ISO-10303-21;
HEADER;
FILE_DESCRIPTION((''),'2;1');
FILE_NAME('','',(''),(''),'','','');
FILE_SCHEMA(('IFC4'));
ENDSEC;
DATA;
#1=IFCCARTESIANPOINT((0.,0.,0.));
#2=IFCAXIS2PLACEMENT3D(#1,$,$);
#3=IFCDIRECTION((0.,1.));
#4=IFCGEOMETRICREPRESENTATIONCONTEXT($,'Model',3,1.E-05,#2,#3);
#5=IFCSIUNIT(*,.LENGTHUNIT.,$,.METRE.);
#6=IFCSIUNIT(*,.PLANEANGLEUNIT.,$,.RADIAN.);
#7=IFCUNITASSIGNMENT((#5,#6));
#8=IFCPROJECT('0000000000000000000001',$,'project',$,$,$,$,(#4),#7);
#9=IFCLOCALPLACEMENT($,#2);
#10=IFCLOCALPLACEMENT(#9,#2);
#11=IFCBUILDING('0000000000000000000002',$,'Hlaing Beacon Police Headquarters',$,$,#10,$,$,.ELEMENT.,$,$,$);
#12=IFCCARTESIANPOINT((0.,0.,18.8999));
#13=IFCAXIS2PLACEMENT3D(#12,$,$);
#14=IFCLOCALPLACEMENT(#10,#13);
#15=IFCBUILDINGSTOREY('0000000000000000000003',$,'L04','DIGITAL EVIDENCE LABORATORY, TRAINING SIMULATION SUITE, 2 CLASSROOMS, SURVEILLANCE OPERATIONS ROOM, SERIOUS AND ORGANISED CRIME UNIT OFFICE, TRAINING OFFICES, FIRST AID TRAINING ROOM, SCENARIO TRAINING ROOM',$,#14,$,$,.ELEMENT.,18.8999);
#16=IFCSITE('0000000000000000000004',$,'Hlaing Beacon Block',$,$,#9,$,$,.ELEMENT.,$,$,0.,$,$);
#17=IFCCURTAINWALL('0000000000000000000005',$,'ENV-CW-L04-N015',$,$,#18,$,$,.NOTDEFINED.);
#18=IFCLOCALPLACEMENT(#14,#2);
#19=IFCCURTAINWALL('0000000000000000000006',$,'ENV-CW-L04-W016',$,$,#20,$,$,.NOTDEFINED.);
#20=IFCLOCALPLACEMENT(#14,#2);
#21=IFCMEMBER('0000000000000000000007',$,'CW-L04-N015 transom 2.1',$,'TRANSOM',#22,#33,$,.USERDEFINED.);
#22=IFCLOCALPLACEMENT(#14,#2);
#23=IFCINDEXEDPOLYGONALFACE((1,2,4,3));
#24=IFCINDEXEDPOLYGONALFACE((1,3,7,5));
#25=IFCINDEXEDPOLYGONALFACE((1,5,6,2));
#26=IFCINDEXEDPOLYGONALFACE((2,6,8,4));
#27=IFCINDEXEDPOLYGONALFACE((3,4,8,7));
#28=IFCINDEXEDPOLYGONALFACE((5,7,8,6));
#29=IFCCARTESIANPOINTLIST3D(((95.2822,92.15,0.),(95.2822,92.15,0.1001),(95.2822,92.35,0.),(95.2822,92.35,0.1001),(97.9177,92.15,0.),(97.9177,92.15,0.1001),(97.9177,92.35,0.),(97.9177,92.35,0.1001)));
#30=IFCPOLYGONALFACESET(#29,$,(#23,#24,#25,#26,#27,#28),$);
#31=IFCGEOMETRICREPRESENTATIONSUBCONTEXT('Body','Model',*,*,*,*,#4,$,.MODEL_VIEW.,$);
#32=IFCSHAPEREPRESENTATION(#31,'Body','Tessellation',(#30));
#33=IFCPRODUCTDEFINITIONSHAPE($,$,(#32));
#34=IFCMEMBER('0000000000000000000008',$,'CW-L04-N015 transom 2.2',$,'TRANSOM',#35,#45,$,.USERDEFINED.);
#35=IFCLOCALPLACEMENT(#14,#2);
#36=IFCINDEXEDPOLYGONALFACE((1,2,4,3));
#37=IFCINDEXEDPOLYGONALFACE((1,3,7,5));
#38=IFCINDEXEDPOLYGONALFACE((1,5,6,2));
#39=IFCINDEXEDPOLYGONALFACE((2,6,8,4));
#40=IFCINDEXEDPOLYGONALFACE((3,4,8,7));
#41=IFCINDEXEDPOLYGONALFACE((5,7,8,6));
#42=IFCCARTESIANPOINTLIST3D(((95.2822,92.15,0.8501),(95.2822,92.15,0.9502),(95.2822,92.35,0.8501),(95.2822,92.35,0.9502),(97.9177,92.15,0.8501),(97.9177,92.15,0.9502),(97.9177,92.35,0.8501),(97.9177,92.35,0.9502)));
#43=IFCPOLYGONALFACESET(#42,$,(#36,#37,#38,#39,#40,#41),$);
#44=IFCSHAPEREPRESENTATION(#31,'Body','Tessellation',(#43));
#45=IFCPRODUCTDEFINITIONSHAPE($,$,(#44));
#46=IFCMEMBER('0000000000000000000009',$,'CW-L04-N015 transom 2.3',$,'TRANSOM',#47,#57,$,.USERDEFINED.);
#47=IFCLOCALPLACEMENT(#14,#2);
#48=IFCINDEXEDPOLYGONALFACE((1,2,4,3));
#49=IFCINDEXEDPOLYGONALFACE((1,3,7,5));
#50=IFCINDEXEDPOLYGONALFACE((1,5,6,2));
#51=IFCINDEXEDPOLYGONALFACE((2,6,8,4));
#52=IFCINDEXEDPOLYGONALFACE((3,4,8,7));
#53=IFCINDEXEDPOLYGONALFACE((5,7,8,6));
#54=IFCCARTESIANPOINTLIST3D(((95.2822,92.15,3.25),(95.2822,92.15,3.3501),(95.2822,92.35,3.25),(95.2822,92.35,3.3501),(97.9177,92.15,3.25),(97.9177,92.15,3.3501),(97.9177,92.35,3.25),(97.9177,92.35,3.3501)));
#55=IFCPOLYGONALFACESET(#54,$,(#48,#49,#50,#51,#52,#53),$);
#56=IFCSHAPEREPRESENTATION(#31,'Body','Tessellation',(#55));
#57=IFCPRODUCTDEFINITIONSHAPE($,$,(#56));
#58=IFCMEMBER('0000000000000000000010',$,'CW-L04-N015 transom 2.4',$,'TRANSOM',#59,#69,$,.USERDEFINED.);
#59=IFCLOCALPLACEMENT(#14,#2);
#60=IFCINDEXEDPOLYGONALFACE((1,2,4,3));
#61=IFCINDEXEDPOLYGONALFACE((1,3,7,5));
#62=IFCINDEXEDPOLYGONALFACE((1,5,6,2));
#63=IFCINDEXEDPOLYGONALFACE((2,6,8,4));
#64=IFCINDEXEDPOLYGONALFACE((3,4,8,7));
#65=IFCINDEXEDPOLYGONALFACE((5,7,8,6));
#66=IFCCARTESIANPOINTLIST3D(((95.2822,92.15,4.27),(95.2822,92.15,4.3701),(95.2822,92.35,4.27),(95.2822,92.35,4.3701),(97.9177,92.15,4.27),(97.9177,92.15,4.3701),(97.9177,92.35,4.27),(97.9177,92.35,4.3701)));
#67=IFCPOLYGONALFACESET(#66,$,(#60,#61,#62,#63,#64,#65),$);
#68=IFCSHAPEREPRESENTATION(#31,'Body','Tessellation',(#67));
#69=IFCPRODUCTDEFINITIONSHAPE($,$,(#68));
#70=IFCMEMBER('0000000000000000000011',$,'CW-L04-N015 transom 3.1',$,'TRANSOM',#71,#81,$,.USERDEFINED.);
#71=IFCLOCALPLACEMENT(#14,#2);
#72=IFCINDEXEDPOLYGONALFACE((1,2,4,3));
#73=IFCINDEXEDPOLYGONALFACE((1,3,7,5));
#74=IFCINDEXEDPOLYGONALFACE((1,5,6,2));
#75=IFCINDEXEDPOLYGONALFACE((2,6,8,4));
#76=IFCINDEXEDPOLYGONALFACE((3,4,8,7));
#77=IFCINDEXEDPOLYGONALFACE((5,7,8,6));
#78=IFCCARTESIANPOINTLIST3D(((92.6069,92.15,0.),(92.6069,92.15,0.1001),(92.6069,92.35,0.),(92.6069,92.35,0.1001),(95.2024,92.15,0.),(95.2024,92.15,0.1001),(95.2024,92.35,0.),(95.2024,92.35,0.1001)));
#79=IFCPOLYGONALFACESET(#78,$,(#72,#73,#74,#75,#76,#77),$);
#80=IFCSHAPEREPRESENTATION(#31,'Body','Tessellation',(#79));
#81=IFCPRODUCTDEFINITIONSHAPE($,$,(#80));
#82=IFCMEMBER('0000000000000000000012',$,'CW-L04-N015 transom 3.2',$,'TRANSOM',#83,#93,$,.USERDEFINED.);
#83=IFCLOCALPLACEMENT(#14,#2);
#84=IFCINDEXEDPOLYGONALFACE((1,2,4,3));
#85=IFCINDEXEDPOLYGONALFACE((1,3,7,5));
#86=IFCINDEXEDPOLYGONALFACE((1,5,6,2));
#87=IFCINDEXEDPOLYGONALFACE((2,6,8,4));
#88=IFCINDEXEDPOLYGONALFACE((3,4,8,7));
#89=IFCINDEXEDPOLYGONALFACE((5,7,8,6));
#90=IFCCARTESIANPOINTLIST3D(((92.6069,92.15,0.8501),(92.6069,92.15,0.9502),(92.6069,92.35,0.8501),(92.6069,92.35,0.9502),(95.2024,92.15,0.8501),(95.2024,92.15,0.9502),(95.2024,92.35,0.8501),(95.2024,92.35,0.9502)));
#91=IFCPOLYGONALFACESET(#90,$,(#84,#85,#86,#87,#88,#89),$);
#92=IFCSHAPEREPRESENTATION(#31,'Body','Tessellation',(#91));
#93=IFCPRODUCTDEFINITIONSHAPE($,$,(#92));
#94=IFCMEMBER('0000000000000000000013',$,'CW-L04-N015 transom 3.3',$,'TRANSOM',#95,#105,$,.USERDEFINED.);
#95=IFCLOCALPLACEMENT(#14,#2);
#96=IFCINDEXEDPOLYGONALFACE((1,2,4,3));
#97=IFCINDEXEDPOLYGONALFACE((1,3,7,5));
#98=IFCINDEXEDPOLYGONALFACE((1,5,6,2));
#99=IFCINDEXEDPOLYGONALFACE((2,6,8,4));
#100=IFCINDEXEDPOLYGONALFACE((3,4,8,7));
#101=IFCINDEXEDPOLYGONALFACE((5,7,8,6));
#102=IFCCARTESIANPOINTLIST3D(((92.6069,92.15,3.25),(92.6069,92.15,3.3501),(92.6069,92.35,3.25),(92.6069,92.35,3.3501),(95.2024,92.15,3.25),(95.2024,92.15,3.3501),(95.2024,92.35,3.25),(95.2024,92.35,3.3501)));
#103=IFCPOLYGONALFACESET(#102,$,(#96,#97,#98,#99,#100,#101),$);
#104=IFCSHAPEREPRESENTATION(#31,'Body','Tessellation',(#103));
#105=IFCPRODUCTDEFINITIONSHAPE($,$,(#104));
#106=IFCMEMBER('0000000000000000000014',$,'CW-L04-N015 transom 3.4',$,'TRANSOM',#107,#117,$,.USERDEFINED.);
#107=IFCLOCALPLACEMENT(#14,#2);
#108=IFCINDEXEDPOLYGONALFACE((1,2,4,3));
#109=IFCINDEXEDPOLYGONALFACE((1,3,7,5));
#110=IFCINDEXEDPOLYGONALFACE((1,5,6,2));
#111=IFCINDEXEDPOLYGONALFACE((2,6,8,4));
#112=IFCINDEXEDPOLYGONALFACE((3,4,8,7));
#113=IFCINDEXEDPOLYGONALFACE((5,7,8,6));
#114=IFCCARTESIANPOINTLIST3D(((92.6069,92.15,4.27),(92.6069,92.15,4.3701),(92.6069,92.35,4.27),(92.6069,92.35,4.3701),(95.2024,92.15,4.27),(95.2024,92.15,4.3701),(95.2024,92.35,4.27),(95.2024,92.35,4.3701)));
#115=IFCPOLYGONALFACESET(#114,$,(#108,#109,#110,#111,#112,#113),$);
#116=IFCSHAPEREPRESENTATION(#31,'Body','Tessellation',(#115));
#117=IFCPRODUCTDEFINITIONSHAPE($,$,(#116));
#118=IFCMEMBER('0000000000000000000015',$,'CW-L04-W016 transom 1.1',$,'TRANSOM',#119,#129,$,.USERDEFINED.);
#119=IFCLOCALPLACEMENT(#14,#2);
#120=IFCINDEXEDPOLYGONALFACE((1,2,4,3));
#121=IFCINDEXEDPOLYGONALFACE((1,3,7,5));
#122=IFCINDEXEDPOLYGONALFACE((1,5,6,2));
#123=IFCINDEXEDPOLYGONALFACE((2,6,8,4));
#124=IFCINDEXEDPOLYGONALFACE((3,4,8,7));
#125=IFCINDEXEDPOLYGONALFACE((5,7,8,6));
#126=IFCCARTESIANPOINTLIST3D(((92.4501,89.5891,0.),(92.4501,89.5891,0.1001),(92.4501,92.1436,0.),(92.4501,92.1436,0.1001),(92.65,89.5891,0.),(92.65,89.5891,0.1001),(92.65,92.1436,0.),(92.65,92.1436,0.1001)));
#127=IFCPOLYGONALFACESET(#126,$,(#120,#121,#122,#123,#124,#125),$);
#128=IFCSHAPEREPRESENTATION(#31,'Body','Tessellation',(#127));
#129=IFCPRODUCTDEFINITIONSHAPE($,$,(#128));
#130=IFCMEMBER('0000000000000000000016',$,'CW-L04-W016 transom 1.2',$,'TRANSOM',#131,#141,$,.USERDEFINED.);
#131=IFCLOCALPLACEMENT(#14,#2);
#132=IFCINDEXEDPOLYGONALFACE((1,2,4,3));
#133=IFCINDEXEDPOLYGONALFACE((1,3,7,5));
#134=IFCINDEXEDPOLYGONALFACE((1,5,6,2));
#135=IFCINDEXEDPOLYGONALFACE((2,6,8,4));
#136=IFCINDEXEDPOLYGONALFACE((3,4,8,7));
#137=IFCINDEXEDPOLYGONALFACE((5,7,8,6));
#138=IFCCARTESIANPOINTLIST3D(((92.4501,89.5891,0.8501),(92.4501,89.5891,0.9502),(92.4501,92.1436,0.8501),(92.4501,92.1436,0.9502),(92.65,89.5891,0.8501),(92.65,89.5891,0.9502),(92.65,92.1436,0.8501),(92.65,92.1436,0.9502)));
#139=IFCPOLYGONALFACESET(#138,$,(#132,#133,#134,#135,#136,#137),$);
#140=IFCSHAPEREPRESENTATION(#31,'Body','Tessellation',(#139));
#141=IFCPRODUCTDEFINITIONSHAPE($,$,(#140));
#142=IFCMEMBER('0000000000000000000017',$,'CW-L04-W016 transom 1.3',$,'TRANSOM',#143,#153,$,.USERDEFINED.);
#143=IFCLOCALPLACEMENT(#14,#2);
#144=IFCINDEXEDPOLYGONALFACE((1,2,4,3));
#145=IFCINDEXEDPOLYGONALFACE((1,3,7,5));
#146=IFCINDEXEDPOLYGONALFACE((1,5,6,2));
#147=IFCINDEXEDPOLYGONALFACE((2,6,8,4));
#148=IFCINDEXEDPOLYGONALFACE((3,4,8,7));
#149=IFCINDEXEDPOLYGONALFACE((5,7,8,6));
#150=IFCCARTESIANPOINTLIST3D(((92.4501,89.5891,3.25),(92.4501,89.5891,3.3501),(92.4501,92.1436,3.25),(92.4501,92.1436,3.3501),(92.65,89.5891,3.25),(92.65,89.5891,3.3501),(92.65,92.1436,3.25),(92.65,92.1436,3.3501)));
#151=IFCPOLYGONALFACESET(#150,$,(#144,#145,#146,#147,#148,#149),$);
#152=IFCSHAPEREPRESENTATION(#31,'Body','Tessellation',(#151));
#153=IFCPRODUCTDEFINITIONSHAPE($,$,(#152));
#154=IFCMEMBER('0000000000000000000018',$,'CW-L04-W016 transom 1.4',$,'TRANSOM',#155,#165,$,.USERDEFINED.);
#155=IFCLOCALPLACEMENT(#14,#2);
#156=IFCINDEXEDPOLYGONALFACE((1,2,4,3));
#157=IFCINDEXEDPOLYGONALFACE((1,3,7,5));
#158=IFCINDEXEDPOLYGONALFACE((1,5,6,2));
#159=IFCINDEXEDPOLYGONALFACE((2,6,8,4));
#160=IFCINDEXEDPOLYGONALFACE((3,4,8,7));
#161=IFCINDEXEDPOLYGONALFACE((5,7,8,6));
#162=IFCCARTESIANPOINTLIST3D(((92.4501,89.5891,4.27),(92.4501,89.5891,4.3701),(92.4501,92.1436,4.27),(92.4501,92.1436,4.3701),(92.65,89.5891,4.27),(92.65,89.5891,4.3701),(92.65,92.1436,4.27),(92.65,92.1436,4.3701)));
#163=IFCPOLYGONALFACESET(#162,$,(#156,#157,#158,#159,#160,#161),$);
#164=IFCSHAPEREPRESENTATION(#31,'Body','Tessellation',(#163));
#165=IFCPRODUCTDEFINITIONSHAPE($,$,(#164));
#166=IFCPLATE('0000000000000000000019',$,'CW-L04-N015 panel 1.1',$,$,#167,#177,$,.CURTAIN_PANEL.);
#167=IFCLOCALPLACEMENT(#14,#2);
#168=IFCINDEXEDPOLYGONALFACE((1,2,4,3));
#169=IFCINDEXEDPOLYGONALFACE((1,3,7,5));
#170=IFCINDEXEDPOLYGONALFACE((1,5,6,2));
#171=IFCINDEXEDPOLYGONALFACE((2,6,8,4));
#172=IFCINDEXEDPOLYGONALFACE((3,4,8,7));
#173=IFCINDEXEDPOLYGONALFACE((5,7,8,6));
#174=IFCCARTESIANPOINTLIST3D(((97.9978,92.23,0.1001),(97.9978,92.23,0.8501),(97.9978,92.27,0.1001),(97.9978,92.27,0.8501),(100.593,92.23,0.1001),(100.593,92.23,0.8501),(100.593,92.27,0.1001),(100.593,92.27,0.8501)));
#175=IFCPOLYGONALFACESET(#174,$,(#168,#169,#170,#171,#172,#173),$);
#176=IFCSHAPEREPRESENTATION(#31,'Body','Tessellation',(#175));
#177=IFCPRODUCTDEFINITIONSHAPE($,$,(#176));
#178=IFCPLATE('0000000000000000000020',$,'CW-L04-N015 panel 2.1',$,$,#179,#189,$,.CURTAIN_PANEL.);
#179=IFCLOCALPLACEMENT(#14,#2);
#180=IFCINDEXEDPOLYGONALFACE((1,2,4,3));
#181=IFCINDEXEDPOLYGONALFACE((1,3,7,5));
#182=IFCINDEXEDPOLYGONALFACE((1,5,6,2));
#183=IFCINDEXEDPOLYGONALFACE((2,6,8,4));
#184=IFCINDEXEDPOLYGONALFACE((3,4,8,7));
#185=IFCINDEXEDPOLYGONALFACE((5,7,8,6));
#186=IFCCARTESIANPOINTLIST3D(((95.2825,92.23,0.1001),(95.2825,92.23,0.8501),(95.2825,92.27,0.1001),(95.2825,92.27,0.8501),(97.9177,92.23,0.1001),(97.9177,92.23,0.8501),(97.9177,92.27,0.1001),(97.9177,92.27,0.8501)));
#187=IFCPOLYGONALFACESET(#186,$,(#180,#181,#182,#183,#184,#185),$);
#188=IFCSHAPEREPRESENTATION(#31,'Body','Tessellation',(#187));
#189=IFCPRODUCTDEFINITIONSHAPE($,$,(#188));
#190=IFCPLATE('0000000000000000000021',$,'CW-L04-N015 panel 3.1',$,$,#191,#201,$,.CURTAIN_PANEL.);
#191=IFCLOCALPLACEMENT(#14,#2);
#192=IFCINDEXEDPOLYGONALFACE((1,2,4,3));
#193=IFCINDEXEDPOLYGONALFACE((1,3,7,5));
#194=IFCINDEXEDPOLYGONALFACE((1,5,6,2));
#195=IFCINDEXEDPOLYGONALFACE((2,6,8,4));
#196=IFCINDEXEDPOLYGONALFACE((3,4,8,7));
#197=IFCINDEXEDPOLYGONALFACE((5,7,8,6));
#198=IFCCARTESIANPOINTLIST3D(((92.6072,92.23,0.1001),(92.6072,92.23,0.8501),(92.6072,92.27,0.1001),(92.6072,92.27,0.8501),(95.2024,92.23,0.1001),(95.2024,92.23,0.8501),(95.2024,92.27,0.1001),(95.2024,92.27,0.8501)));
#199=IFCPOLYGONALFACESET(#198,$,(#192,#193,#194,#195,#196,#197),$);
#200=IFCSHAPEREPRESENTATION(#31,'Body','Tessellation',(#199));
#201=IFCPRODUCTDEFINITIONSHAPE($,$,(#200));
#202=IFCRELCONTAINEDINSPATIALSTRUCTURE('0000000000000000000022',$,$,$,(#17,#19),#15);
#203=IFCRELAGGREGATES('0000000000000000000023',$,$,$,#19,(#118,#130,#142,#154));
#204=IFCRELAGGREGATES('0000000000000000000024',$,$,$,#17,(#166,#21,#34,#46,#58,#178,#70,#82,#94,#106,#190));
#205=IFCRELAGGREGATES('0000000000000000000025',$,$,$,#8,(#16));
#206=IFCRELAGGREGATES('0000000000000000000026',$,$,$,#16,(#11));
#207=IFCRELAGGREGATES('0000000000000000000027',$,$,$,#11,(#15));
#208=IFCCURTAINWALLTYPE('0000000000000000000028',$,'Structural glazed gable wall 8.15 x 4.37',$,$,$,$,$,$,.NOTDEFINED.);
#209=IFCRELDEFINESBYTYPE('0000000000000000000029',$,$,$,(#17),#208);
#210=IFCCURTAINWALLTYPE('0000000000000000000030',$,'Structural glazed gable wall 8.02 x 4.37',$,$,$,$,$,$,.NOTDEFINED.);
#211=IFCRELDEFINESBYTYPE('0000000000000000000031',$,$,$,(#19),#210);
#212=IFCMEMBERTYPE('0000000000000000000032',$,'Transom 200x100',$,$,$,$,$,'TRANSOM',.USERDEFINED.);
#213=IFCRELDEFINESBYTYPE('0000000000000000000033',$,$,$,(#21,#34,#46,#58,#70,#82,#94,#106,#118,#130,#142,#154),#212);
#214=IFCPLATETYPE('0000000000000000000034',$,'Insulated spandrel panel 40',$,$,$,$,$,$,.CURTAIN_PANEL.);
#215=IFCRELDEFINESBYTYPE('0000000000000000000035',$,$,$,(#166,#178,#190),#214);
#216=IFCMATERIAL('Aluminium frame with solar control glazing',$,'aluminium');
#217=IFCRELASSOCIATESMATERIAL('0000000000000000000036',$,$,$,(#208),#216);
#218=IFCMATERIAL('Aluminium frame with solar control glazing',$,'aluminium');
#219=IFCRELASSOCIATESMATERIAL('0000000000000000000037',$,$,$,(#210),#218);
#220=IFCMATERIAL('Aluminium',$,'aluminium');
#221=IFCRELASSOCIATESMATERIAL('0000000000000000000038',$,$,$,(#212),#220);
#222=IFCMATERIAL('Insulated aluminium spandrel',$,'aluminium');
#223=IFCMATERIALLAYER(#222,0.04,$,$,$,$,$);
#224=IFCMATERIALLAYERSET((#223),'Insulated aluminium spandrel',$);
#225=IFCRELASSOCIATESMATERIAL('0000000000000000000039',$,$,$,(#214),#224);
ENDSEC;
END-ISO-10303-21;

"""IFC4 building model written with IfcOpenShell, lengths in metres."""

from ifc_helpers import new_model, si_unit, direction, frame, origin, origin_2d, place, context, subcontext, project, spatial, rectangle, extrude, material, layer, layer_set, material_profile, profile_set, type_object, element, aggregate, save


model = new_model("IFC4")

# Units and contexts
model_context = context("Model", 3, precision=1e-05, world=origin(), true_north=direction((0.0, 1.0)))
body_context = subcontext(model_context, "Body", "Model", "MODEL_VIEW")
ifc_project = project(units=[si_unit("LENGTHUNIT", "METRE"), si_unit("PLANEANGLEUNIT", "RADIAN")], contexts=[model_context])

# Site, building, storey
site_placement = place(None, origin())
site = spatial("IfcSite", under=ifc_project, at=site_placement, Name="Hlaing Beacon Block", CompositionType="ELEMENT", RefElevation=0.0)
building_placement = place(site_placement, origin())
building = spatial("IfcBuilding", under=site, at=building_placement, Name="Hlaing Beacon Police Headquarters", CompositionType="ELEMENT")
storey_placement = place(building_placement, frame((0.0, 0.0, 18.8999)))
storey = spatial("IfcBuildingStorey", under=building, at=storey_placement, Name="L04", Description="DIGITAL EVIDENCE LABORATORY, TRAINING SIMULATION SUITE, 2 CLASSROOMS, SURVEILLANCE OPERATIONS ROOM, SERIOUS AND ORGANISED CRIME UNIT OFFICE, TRAINING OFFICES, FIRST AID TRAINING ROOM, SCENARIO TRAINING ROOM", CompositionType="ELEMENT", Elevation=18.8999)

# Curtain wall
ifc_material_1 = material(Name="Aluminium frame with solar control glazing", Category="aluminium")
curtain_wall_type_1 = type_object("IfcCurtainWallType", Name="Structural glazed gable wall 8.15 x 4.37", PredefinedType="NOTDEFINED", material=ifc_material_1)
curtain_wall_1_placement = place(storey_placement, origin())
curtain_wall_1 = element("IfcCurtainWall", 1, at=curtain_wall_1_placement, inside=storey, type_object=curtain_wall_type_1, Name="ENV-CW-L04-N015", PredefinedType="NOTDEFINED")

# Curtain wall
ifc_material_2 = material(Name="Aluminium frame with solar control glazing", Category="aluminium")
curtain_wall_type_2 = type_object("IfcCurtainWallType", Name="Structural glazed gable wall 8.02 x 4.37", PredefinedType="NOTDEFINED", material=ifc_material_2)
curtain_wall_2_placement = place(storey_placement, origin())
curtain_wall_2 = element("IfcCurtainWall", 2, at=curtain_wall_2_placement, inside=storey, type_object=curtain_wall_type_2, Name="ENV-CW-L04-W016", PredefinedType="NOTDEFINED")

# Members
ifc_material_3 = material(Name="Aluminium", Category="aluminium")
ifc_material_profile_1 = material_profile(ifc_material_3, rectangle(XDim=0.2, YDim=0.1001, at=origin_2d()), Name="Transom 200x100")
ifc_profile_set_1 = profile_set([ifc_material_profile_1], Name="Aluminium")
member_type_1 = type_object("IfcMemberType", Name="Transom 200x100", ElementType="TRANSOM", PredefinedType="USERDEFINED", material=ifc_profile_set_1)
member_1_placement = place(storey_placement, frame((97.9177, 92.25, 0.05), z_axis=(-1.0, 0.0, 0.0), x_axis=(0.0, -1.0, 0.0)))
member_1 = element("IfcMember", 3, at=member_1_placement, type_object=member_type_1, Name="CW-L04-N015 transom 2.1", ObjectType="TRANSOM", PredefinedType="USERDEFINED", context=body_context, shape_type="SweptSolid", body=[
    extrude(rectangle(XDim=0.2, YDim=0.1001, at=origin_2d()), origin(), (0.0, 0.0, 1.0), 2.6355),
])
member_2_placement = place(storey_placement, frame((97.9177, 92.25, 0.9001), z_axis=(-1.0, 0.0, 0.0), x_axis=(0.0, -1.0, 0.0)))
member_2 = element("IfcMember", 4, at=member_2_placement, type_object=member_type_1, Name="CW-L04-N015 transom 2.2", ObjectType="TRANSOM", PredefinedType="USERDEFINED", context=body_context, shape_type="SweptSolid", body=[
    extrude(rectangle(XDim=0.2, YDim=0.1001, at=origin_2d()), origin(), (0.0, 0.0, 1.0), 2.6355),
])
member_3_placement = place(storey_placement, frame((97.9177, 92.25, 3.3), z_axis=(-1.0, 0.0, 0.0), x_axis=(0.0, -1.0, 0.0)))
member_3 = element("IfcMember", 5, at=member_3_placement, type_object=member_type_1, Name="CW-L04-N015 transom 2.3", ObjectType="TRANSOM", PredefinedType="USERDEFINED", context=body_context, shape_type="SweptSolid", body=[
    extrude(rectangle(XDim=0.2, YDim=0.1001, at=origin_2d()), origin(), (0.0, 0.0, 1.0), 2.6355),
])
member_4_placement = place(storey_placement, frame((97.9177, 92.25, 4.3201), z_axis=(-1.0, 0.0, 0.0), x_axis=(0.0, -1.0, 0.0)))
member_4 = element("IfcMember", 6, at=member_4_placement, type_object=member_type_1, Name="CW-L04-N015 transom 2.4", ObjectType="TRANSOM", PredefinedType="USERDEFINED", context=body_context, shape_type="SweptSolid", body=[
    extrude(rectangle(XDim=0.2, YDim=0.1001, at=origin_2d()), origin(), (0.0, 0.0, 1.0), 2.6355),
])
member_5_placement = place(storey_placement, frame((95.2024, 92.25, 0.05), z_axis=(-1.0, 0.0, 0.0), x_axis=(0.0, -1.0, 0.0)))
member_5 = element("IfcMember", 7, at=member_5_placement, type_object=member_type_1, Name="CW-L04-N015 transom 3.1", ObjectType="TRANSOM", PredefinedType="USERDEFINED", context=body_context, shape_type="SweptSolid", body=[
    extrude(rectangle(XDim=0.2, YDim=0.1001, at=origin_2d()), origin(), (0.0, 0.0, 1.0), 2.5955),
])
member_6_placement = place(storey_placement, frame((95.2024, 92.25, 0.9001), z_axis=(-1.0, 0.0, 0.0), x_axis=(0.0, -1.0, 0.0)))
member_6 = element("IfcMember", 8, at=member_6_placement, type_object=member_type_1, Name="CW-L04-N015 transom 3.2", ObjectType="TRANSOM", PredefinedType="USERDEFINED", context=body_context, shape_type="SweptSolid", body=[
    extrude(rectangle(XDim=0.2, YDim=0.1001, at=origin_2d()), origin(), (0.0, 0.0, 1.0), 2.5955),
])
member_7_placement = place(storey_placement, frame((95.2024, 92.25, 3.3), z_axis=(-1.0, 0.0, 0.0), x_axis=(0.0, -1.0, 0.0)))
member_7 = element("IfcMember", 9, at=member_7_placement, type_object=member_type_1, Name="CW-L04-N015 transom 3.3", ObjectType="TRANSOM", PredefinedType="USERDEFINED", context=body_context, shape_type="SweptSolid", body=[
    extrude(rectangle(XDim=0.2, YDim=0.1001, at=origin_2d()), origin(), (0.0, 0.0, 1.0), 2.5955),
])
member_8_placement = place(storey_placement, frame((95.2024, 92.25, 4.3201), z_axis=(-1.0, 0.0, 0.0), x_axis=(0.0, -1.0, 0.0)))
member_8 = element("IfcMember", 10, at=member_8_placement, type_object=member_type_1, Name="CW-L04-N015 transom 3.4", ObjectType="TRANSOM", PredefinedType="USERDEFINED", context=body_context, shape_type="SweptSolid", body=[
    extrude(rectangle(XDim=0.2, YDim=0.1001, at=origin_2d()), origin(), (0.0, 0.0, 1.0), 2.5955),
])
member_9_placement = place(storey_placement, frame((92.55, 92.1436, 0.05), z_axis=(0.0, -1.0, 0.0), x_axis=(1.0, 0.0, 0.0)))
member_9 = element("IfcMember", 11, at=member_9_placement, type_object=member_type_1, Name="CW-L04-W016 transom 1.1", ObjectType="TRANSOM", PredefinedType="USERDEFINED", context=body_context, shape_type="SweptSolid", body=[
    extrude(rectangle(XDim=0.2, YDim=0.1001, at=origin_2d()), origin(), (0.0, 0.0, 1.0), 2.5544),
])
member_10_placement = place(storey_placement, frame((92.55, 92.1436, 0.9001), z_axis=(0.0, -1.0, 0.0), x_axis=(1.0, 0.0, 0.0)))
member_10 = element("IfcMember", 12, at=member_10_placement, type_object=member_type_1, Name="CW-L04-W016 transom 1.2", ObjectType="TRANSOM", PredefinedType="USERDEFINED", context=body_context, shape_type="SweptSolid", body=[
    extrude(rectangle(XDim=0.2, YDim=0.1001, at=origin_2d()), origin(), (0.0, 0.0, 1.0), 2.5544),
])
member_11_placement = place(storey_placement, frame((92.55, 92.1436, 3.3), z_axis=(0.0, -1.0, 0.0), x_axis=(1.0, 0.0, 0.0)))
member_11 = element("IfcMember", 13, at=member_11_placement, type_object=member_type_1, Name="CW-L04-W016 transom 1.3", ObjectType="TRANSOM", PredefinedType="USERDEFINED", context=body_context, shape_type="SweptSolid", body=[
    extrude(rectangle(XDim=0.2, YDim=0.1001, at=origin_2d()), origin(), (0.0, 0.0, 1.0), 2.5544),
])
member_12_placement = place(storey_placement, frame((92.55, 92.1436, 4.3201), z_axis=(0.0, -1.0, 0.0), x_axis=(1.0, 0.0, 0.0)))
member_12 = element("IfcMember", 14, at=member_12_placement, type_object=member_type_1, Name="CW-L04-W016 transom 1.4", ObjectType="TRANSOM", PredefinedType="USERDEFINED", context=body_context, shape_type="SweptSolid", body=[
    extrude(rectangle(XDim=0.2, YDim=0.1001, at=origin_2d()), origin(), (0.0, 0.0, 1.0), 2.5544),
])

# Plates
ifc_material_4 = material(Name="Insulated aluminium spandrel", Category="aluminium")
ifc_layer_1 = layer(ifc_material_4, 0.04)
ifc_layer_set_1 = layer_set([ifc_layer_1], Name="Insulated aluminium spandrel")
plate_type_1 = type_object("IfcPlateType", Name="Insulated spandrel panel 40", PredefinedType="CURTAIN_PANEL", material=ifc_layer_set_1)
plate_1_placement = place(storey_placement, frame((99.2954, 92.25, 0.1001), z_axis=(0.0, 0.0, 1.0), x_axis=(-1.0, 0.0, 0.0)))
plate_1 = element("IfcPlate", 15, at=plate_1_placement, type_object=plate_type_1, Name="CW-L04-N015 panel 1.1", PredefinedType="CURTAIN_PANEL", context=body_context, shape_type="SweptSolid", body=[
    extrude(rectangle(XDim=2.5952, YDim=0.04, at=origin_2d()), origin(), (0.0, 0.0, 1.0), 0.75),
])
plate_2_placement = place(storey_placement, frame((96.6001, 92.25, 0.1001), z_axis=(0.0, 0.0, 1.0), x_axis=(-1.0, 0.0, 0.0)))
plate_2 = element("IfcPlate", 16, at=plate_2_placement, type_object=plate_type_1, Name="CW-L04-N015 panel 2.1", PredefinedType="CURTAIN_PANEL", context=body_context, shape_type="SweptSolid", body=[
    extrude(rectangle(XDim=2.6353, YDim=0.04, at=origin_2d()), origin(), (0.0, 0.0, 1.0), 0.75),
])
plate_3_placement = place(storey_placement, frame((93.9048, 92.25, 0.1001), z_axis=(0.0, 0.0, 1.0), x_axis=(-1.0, 0.0, 0.0)))
plate_3 = element("IfcPlate", 17, at=plate_3_placement, type_object=plate_type_1, Name="CW-L04-N015 panel 3.1", PredefinedType="CURTAIN_PANEL", context=body_context, shape_type="SweptSolid", body=[
    extrude(rectangle(XDim=2.5952, YDim=0.04, at=origin_2d()), origin(), (0.0, 0.0, 1.0), 0.75),
])
aggregate(curtain_wall_2, [member_9, member_10, member_11, member_12])
aggregate(curtain_wall_1, [plate_1, member_1, member_2, member_3, member_4, plate_2, member_5, member_6, member_7, member_8, plate_3])

save(model, "model.ifc")
